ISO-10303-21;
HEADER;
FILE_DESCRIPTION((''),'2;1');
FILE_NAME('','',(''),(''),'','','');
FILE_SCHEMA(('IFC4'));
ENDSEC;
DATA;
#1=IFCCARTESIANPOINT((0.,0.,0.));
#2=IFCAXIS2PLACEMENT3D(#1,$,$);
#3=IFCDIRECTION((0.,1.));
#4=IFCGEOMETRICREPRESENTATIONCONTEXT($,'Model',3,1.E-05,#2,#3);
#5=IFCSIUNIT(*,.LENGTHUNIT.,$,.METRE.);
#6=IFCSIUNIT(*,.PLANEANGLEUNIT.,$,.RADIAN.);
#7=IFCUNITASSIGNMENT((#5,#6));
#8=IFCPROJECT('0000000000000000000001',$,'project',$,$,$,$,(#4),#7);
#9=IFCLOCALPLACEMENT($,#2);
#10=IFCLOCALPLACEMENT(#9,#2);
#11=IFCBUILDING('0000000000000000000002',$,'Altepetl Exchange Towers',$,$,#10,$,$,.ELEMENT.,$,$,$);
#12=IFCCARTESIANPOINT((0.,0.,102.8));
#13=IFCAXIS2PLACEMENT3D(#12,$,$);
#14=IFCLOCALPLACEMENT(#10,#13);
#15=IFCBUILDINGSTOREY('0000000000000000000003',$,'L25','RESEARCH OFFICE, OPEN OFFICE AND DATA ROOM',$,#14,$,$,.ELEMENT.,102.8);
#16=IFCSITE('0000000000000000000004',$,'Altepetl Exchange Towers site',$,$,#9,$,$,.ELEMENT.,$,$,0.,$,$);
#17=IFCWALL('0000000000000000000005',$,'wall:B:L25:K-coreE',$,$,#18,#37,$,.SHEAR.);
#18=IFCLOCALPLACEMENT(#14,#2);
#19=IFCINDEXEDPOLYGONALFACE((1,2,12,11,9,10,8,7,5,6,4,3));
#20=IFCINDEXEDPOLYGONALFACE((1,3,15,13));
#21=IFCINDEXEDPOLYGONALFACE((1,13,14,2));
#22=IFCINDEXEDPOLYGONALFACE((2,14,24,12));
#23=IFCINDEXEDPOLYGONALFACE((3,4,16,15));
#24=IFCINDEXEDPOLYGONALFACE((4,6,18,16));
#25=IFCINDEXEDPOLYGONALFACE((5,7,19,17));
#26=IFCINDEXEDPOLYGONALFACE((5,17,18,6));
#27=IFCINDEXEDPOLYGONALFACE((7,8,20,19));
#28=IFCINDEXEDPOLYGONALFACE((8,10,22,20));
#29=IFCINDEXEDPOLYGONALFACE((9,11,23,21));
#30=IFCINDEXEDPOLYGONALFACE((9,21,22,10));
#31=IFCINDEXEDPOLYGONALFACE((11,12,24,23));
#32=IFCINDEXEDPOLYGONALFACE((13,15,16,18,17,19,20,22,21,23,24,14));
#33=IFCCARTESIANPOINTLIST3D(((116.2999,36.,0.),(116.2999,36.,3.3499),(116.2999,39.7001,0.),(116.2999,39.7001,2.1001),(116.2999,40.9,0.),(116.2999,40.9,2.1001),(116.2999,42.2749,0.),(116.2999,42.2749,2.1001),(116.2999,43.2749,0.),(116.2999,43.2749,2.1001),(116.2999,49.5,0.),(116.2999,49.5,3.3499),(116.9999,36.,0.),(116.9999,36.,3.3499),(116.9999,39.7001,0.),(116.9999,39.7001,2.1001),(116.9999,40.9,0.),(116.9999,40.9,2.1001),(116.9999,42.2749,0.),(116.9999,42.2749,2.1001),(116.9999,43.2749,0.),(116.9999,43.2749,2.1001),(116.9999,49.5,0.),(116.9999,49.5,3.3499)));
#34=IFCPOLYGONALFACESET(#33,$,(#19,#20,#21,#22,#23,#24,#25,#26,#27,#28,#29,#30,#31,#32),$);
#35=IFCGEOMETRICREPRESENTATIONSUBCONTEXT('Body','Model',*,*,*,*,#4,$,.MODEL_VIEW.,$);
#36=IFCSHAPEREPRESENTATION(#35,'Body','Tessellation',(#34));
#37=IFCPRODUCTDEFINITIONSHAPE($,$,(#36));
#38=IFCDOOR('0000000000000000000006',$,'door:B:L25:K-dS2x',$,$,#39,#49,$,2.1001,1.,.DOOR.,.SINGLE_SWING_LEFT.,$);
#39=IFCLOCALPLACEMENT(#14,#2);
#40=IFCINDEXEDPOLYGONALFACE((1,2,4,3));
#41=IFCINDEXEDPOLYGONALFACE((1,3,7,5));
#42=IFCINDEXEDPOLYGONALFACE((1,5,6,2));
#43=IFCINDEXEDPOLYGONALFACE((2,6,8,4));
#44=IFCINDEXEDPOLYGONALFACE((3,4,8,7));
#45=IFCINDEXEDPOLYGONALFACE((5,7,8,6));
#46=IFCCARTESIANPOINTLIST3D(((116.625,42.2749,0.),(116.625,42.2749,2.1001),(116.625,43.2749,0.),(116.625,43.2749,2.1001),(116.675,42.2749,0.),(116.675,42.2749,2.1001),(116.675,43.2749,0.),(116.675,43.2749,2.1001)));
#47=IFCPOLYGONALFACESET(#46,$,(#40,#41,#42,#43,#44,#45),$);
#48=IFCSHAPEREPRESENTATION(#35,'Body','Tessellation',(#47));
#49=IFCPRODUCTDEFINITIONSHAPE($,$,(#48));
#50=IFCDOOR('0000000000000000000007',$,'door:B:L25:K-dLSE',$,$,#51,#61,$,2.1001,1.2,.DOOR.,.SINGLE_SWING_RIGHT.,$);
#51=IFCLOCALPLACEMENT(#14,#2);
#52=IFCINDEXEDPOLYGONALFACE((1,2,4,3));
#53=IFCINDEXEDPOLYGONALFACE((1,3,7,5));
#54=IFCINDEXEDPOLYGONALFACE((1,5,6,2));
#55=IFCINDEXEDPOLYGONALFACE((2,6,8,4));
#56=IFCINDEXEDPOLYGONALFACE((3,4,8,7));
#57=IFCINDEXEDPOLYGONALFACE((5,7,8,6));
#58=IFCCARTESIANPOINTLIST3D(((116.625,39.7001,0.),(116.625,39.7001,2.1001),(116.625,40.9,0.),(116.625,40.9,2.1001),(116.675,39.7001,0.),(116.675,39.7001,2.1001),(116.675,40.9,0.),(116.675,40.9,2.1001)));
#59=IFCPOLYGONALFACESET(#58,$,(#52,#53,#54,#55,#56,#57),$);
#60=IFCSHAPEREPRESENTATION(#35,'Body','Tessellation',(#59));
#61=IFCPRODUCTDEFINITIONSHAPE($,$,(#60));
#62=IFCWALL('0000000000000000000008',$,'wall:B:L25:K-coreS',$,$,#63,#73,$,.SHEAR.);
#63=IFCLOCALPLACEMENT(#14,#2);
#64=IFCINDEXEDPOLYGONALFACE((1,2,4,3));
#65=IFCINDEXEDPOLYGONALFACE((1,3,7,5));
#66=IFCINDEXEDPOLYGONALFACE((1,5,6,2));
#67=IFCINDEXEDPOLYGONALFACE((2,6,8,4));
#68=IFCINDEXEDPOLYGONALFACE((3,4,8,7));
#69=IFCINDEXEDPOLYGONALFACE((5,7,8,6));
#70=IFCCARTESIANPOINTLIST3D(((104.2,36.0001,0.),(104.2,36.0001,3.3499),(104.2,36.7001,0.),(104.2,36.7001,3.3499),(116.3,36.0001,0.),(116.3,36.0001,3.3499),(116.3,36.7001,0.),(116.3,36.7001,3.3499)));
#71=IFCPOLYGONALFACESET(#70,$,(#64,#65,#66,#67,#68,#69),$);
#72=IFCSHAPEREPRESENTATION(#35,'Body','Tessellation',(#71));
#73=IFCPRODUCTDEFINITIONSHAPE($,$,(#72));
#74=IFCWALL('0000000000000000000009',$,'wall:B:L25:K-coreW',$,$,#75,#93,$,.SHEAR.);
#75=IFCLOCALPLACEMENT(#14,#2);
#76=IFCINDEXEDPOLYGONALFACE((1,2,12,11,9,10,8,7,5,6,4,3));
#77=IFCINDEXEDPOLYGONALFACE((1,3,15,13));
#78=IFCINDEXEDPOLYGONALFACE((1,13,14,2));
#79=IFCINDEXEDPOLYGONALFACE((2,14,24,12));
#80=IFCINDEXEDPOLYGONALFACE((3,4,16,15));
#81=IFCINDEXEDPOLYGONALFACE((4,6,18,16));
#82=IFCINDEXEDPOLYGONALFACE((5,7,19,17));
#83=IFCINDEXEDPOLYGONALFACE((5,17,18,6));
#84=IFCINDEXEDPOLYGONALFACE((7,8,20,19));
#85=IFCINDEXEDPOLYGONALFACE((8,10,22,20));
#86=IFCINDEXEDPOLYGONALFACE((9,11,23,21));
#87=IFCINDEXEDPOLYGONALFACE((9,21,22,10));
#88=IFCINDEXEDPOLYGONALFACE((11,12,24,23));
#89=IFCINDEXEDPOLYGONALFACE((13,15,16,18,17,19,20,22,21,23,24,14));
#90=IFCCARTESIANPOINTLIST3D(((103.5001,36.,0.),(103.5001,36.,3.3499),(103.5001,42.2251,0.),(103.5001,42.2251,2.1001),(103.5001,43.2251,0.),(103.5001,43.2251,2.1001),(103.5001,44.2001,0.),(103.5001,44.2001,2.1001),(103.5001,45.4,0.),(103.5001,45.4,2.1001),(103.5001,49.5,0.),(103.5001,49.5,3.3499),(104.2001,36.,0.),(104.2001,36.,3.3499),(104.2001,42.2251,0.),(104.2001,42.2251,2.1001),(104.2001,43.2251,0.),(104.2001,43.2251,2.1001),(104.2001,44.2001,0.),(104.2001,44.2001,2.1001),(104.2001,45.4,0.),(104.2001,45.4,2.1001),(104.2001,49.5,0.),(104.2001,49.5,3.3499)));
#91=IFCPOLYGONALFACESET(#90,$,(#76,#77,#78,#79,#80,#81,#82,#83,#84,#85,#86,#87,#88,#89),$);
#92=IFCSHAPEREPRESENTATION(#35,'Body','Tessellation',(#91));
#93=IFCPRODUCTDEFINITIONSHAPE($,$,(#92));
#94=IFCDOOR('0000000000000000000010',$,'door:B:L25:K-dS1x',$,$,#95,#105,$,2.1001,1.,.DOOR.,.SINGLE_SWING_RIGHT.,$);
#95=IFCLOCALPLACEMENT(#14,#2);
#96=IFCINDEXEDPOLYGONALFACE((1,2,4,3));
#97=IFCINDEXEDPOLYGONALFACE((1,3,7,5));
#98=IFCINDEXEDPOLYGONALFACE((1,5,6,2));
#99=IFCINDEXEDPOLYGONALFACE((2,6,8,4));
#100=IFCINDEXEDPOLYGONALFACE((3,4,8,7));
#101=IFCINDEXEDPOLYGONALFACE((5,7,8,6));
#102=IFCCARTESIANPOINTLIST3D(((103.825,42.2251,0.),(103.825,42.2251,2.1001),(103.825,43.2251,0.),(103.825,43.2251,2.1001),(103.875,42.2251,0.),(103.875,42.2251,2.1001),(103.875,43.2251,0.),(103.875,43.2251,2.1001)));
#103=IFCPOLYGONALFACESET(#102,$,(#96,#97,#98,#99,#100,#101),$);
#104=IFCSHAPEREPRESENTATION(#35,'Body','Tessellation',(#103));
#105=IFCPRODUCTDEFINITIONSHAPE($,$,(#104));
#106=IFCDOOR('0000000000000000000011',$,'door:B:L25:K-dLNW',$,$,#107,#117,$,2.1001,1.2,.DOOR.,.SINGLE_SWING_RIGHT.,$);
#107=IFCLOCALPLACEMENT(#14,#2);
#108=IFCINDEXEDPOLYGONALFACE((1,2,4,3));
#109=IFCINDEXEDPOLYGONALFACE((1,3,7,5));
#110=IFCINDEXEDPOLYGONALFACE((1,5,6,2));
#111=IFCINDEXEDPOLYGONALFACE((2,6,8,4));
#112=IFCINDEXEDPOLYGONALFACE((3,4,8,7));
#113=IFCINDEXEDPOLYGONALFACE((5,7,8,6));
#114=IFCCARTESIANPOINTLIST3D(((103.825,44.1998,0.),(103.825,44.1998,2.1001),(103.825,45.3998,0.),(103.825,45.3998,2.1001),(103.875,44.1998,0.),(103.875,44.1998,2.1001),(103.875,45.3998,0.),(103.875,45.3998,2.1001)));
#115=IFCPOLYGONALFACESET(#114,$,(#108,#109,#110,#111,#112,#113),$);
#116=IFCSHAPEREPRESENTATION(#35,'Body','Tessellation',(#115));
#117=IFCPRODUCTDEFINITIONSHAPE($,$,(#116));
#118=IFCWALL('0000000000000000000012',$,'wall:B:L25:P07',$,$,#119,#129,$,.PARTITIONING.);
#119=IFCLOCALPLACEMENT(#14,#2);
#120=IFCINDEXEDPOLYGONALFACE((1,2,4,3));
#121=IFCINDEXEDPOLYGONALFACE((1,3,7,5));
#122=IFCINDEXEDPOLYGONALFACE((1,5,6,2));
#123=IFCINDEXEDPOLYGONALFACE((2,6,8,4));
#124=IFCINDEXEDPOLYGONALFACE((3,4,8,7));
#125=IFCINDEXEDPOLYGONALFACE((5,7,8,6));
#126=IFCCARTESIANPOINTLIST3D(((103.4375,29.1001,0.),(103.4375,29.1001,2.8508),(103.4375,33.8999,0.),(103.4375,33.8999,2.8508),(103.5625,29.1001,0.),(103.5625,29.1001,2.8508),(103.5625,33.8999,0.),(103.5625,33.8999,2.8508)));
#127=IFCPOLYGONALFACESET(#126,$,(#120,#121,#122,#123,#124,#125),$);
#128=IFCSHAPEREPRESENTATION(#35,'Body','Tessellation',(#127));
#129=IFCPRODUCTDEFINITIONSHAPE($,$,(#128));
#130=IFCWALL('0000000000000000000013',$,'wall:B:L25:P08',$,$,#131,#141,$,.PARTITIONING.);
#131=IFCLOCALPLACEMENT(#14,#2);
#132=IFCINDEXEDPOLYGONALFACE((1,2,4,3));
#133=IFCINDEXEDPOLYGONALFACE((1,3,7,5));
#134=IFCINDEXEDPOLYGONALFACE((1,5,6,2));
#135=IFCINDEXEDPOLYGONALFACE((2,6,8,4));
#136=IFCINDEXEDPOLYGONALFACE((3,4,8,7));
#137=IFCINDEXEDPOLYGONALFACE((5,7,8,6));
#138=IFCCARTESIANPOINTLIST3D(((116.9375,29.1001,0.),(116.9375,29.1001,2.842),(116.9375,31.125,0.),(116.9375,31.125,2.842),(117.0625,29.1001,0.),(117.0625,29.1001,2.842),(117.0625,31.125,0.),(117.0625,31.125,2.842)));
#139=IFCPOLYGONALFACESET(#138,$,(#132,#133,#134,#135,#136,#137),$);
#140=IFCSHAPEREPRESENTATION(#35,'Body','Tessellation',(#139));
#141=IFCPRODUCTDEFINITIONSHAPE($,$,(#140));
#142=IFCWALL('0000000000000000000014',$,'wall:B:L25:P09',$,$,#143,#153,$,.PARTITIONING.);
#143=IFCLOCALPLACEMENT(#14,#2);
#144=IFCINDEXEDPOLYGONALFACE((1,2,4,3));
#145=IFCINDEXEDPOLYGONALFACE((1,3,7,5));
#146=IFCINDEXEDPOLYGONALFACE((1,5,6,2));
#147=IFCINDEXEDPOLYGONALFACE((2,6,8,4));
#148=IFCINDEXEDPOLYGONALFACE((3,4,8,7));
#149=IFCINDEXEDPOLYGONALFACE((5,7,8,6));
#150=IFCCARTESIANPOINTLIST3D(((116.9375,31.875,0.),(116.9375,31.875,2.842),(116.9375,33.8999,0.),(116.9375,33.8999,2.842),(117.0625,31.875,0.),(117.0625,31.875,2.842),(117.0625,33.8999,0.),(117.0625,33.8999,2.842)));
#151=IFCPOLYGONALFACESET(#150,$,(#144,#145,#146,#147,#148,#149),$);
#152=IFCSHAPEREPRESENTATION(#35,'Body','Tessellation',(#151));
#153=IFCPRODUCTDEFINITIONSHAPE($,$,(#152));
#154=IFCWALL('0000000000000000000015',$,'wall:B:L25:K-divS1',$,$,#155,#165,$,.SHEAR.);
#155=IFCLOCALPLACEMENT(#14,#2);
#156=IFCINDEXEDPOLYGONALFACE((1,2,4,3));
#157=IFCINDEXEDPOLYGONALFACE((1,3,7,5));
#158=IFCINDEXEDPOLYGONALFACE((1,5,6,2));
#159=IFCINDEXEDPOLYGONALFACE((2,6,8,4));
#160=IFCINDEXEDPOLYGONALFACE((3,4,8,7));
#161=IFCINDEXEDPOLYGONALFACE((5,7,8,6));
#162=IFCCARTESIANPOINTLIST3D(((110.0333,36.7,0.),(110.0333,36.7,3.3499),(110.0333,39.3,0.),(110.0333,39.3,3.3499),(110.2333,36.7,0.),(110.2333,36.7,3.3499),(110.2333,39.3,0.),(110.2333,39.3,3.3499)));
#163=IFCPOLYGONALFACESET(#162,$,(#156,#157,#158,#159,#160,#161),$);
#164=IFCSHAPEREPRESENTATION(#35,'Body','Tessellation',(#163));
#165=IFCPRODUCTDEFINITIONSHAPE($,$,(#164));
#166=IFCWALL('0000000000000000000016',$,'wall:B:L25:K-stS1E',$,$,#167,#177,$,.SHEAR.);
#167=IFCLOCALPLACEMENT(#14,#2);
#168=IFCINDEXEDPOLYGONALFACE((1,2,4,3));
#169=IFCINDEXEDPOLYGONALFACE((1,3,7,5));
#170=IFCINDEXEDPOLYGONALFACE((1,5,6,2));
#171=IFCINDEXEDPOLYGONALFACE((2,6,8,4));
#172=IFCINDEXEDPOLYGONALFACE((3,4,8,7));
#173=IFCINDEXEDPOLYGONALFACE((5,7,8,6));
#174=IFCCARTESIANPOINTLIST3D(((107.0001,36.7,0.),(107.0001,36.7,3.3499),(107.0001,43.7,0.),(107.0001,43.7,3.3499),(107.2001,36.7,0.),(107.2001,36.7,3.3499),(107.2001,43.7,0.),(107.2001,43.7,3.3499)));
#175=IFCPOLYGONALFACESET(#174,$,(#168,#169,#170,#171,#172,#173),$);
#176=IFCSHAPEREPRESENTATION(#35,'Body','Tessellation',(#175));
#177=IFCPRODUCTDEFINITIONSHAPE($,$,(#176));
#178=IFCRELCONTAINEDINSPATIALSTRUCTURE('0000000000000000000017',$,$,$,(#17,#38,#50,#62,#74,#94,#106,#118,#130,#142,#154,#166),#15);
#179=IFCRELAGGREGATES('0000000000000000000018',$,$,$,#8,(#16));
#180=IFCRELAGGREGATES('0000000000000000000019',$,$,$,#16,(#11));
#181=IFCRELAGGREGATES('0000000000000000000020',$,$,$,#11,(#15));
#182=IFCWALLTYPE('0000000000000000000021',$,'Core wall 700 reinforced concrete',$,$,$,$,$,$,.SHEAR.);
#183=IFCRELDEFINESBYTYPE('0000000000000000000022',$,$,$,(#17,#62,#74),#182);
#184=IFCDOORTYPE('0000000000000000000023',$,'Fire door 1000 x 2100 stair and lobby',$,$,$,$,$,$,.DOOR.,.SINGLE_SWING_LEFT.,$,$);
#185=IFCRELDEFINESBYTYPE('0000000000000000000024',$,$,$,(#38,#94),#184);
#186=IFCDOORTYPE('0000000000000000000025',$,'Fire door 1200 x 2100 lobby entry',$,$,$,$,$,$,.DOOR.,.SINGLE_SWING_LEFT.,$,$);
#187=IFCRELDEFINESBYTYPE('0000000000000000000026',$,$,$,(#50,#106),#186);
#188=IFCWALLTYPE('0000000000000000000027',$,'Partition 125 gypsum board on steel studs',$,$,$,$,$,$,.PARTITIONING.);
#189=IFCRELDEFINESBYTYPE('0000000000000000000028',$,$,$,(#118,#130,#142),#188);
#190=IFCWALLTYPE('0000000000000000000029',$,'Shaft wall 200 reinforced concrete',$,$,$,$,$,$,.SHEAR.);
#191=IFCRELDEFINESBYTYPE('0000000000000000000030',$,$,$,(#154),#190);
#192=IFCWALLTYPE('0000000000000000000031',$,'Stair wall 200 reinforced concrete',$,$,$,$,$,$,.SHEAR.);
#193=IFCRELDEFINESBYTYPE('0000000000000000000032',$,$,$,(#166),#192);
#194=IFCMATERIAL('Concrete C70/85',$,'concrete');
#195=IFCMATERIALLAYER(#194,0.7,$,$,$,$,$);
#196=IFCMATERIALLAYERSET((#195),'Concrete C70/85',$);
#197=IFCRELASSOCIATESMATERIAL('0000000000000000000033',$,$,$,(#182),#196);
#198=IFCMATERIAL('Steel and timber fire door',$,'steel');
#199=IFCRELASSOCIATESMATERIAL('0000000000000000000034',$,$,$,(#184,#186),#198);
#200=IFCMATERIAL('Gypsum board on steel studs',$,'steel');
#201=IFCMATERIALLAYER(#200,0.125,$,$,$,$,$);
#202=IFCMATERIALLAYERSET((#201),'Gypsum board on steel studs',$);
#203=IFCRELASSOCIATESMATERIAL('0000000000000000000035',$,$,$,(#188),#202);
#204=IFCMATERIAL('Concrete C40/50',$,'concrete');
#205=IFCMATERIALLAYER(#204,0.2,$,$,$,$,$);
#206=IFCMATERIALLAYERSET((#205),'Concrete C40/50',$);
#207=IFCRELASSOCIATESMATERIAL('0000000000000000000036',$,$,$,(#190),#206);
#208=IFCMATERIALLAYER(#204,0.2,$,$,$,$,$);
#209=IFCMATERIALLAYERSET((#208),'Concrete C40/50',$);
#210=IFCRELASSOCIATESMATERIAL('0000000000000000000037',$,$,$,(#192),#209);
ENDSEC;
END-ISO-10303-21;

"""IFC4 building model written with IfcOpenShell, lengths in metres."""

from ifc_helpers import new_model, si_unit, direction, frame, frame_2d, origin, place, context, subcontext, project, spatial, rectangle, extrude, material, layer, layer_set, type_object, element, fill, save


model = new_model("IFC4")

# Units and contexts
model_context = context("Model", 3, precision=1e-05, world=origin(), true_north=direction((0.0, 1.0)))
body_context = subcontext(model_context, "Body", "Model", "MODEL_VIEW")
ifc_project = project(units=[si_unit("LENGTHUNIT", "METRE"), si_unit("PLANEANGLEUNIT", "RADIAN")], contexts=[model_context])

# Site, building, storey
site_placement = place(None, origin())
site = spatial("IfcSite", under=ifc_project, at=site_placement, Name="Altepetl Exchange Towers site", CompositionType="ELEMENT", RefElevation=0.0)
building_placement = place(site_placement, origin())
building = spatial("IfcBuilding", under=site, at=building_placement, Name="Altepetl Exchange Towers", CompositionType="ELEMENT")
storey_placement = place(building_placement, frame((0.0, 0.0, 102.8)))
storey = spatial("IfcBuildingStorey", under=building, at=storey_placement, Name="L25", Description="RESEARCH OFFICE, OPEN OFFICE AND DATA ROOM", CompositionType="ELEMENT", Elevation=102.8)

# Shared definitions
ifc_material_1 = material(Name="Concrete C70/85", Category="concrete")

# Wall, openings, doors
ifc_layer_1 = layer(ifc_material_1, 0.7)
ifc_layer_set_1 = layer_set([ifc_layer_1], Name="Concrete C70/85")
wall_type_1 = type_object("IfcWallType", Name="Core wall 700 reinforced concrete", PredefinedType="SHEAR", material=ifc_layer_set_1)
wall_1_placement = place(storey_placement, frame((116.6499, 36.0, 0.0), z_axis=(0.0, 0.0, 1.0), x_axis=(0.0, 1.0, 0.0)))
wall_1 = element("IfcWall", 1, at=wall_1_placement, inside=storey, type_object=wall_type_1, Name="wall:B:L25:K-coreE", PredefinedType="SHEAR", context=body_context, shape_type="SweptSolid", body=[
    extrude(rectangle(XDim=13.5, YDim=0.7, at=frame_2d((6.75, 0.0))), origin(), (0.0, 0.0, 1.0), 3.3499),
])
opening_1_placement = place(wall_1_placement, frame((3.7, 0.0, 0.0)))
opening_1 = element("IfcOpeningElement", 2, at=opening_1_placement, cuts=wall_1, PredefinedType="OPENING", context=body_context, shape_type="SweptSolid", body=[
    extrude(rectangle(XDim=1.2, YDim=2.1001, at=frame_2d((0.6001, 1.05))), frame((0.0, 0.3599, 0.0), z_axis=(0.0, -1.0, 0.0), x_axis=(1.0, 0.0, 0.0)), (0.0, 0.0, 1.0), 0.72),
])
opening_2_placement = place(wall_1_placement, frame((6.2749, 0.0, 0.0)))
opening_2 = element("IfcOpeningElement", 3, at=opening_2_placement, cuts=wall_1, PredefinedType="OPENING", context=body_context, shape_type="SweptSolid", body=[
    extrude(rectangle(XDim=1.0, YDim=2.1001, at=frame_2d((0.5, 1.05))), frame((0.0, 0.3599, 0.0), z_axis=(0.0, -1.0, 0.0), x_axis=(1.0, 0.0, 0.0)), (0.0, 0.0, 1.0), 0.72),
])
ifc_material_2 = material(Name="Steel and timber fire door", Category="steel")
door_type_1 = type_object("IfcDoorType", Name="Fire door 1000 x 2100 stair and lobby", OperationType="SINGLE_SWING_LEFT", PredefinedType="DOOR", material=ifc_material_2)
door_1_placement = place(opening_2_placement, origin())
door_1 = element("IfcDoor", 4, at=door_1_placement, inside=storey, type_object=door_type_1, Name="door:B:L25:K-dS2x", OperationType="SINGLE_SWING_LEFT", OverallHeight=2.1001, OverallWidth=1.0, PredefinedType="DOOR", context=body_context, shape_type="SweptSolid", body=[
    extrude(rectangle(XDim=1.0, YDim=2.1001, at=frame_2d((0.5, 1.05))), frame((0.0, 0.0249, 0.0), z_axis=(0.0, -1.0, 0.0), x_axis=(1.0, 0.0, 0.0)), (0.0, 0.0, 1.0), 0.05),
])
fill(opening_2, door_1)
door_type_2 = type_object("IfcDoorType", Name="Fire door 1200 x 2100 lobby entry", OperationType="SINGLE_SWING_LEFT", PredefinedType="DOOR", material=ifc_material_2)
door_2_placement = place(opening_1_placement, origin())
door_2 = element("IfcDoor", 5, at=door_2_placement, inside=storey, type_object=door_type_2, Name="door:B:L25:K-dLSE", OperationType="SINGLE_SWING_RIGHT", OverallHeight=2.1001, OverallWidth=1.2, PredefinedType="DOOR", context=body_context, shape_type="SweptSolid", body=[
    extrude(rectangle(XDim=1.2, YDim=2.1001, at=frame_2d((0.6001, 1.05))), frame((0.0, 0.0249, 0.0), z_axis=(0.0, -1.0, 0.0), x_axis=(1.0, 0.0, 0.0)), (0.0, 0.0, 1.0), 0.05),
])
fill(opening_1, door_2)

# Wall
wall_2_placement = place(storey_placement, frame((104.2, 36.3501, 0.0)))
element("IfcWall", 6, at=wall_2_placement, inside=storey, type_object=wall_type_1, Name="wall:B:L25:K-coreS", PredefinedType="SHEAR", context=body_context, shape_type="SweptSolid", body=[
    extrude(rectangle(XDim=12.1001, YDim=0.7, at=frame_2d((6.05, 0.0))), origin(), (0.0, 0.0, 1.0), 3.3499),
])

# Wall, openings, doors
wall_3_placement = place(storey_placement, frame((103.8501, 36.0, 0.0), z_axis=(0.0, 0.0, 1.0), x_axis=(0.0, 1.0, 0.0)))
wall_3 = element("IfcWall", 7, at=wall_3_placement, inside=storey, type_object=wall_type_1, Name="wall:B:L25:K-coreW", PredefinedType="SHEAR", context=body_context, shape_type="SweptSolid", body=[
    extrude(rectangle(XDim=13.5, YDim=0.7, at=frame_2d((6.75, 0.0))), origin(), (0.0, 0.0, 1.0), 3.3499),
])
opening_3_placement = place(wall_3_placement, frame((8.2, 0.0, 0.0)))
opening_3 = element("IfcOpeningElement", 8, at=opening_3_placement, cuts=wall_3, PredefinedType="OPENING", context=body_context, shape_type="SweptSolid", body=[
    extrude(rectangle(XDim=1.2, YDim=2.1001, at=frame_2d((0.6001, 1.05))), frame((0.0, 0.3599, 0.0), z_axis=(0.0, -1.0, 0.0), x_axis=(1.0, 0.0, 0.0)), (0.0, 0.0, 1.0), 0.72),
])
opening_4_placement = place(wall_3_placement, frame((6.2251, 0.0, 0.0)))
opening_4 = element("IfcOpeningElement", 9, at=opening_4_placement, cuts=wall_3, PredefinedType="OPENING", context=body_context, shape_type="SweptSolid", body=[
    extrude(rectangle(XDim=1.0, YDim=2.1001, at=frame_2d((0.5, 1.05))), frame((0.0, 0.3599, 0.0), z_axis=(0.0, -1.0, 0.0), x_axis=(1.0, 0.0, 0.0)), (0.0, 0.0, 1.0), 0.72),
])
door_3_placement = place(opening_4_placement, frame((1.0, 0.0, 0.0), x_axis=(-1.0, 0.0, 0.0)))
door_3 = element("IfcDoor", 10, at=door_3_placement, inside=storey, type_object=door_type_1, Name="door:B:L25:K-dS1x", OperationType="SINGLE_SWING_RIGHT", OverallHeight=2.1001, OverallWidth=1.0, PredefinedType="DOOR", context=body_context, shape_type="SweptSolid", body=[
    extrude(rectangle(XDim=1.0, YDim=2.1001, at=frame_2d((0.5, 1.05))), frame((0.0, 0.0249, 0.0), z_axis=(0.0, -1.0, 0.0), x_axis=(1.0, 0.0, 0.0)), (0.0, 0.0, 1.0), 0.05),
])
fill(opening_4, door_3)
door_4_placement = place(opening_3_placement, frame((1.2, 0.0, 0.0), x_axis=(-1.0, 0.0, 0.0)))
door_4 = element("IfcDoor", 11, at=door_4_placement, inside=storey, type_object=door_type_2, Name="door:B:L25:K-dLNW", OperationType="SINGLE_SWING_RIGHT", OverallHeight=2.1001, OverallWidth=1.2, PredefinedType="DOOR", context=body_context, shape_type="SweptSolid", body=[
    extrude(rectangle(XDim=1.2, YDim=2.1001, at=frame_2d((0.6001, 1.05))), frame((0.0, 0.0249, 0.0), z_axis=(0.0, -1.0, 0.0), x_axis=(1.0, 0.0, 0.0)), (0.0, 0.0, 1.0), 0.05),
])
fill(opening_3, door_4)

# Walls
ifc_material_3 = material(Name="Gypsum board on steel studs", Category="steel")
ifc_layer_2 = layer(ifc_material_3, 0.125)
ifc_layer_set_2 = layer_set([ifc_layer_2], Name="Gypsum board on steel studs")
wall_type_2 = type_object("IfcWallType", Name="Partition 125 gypsum board on steel studs", PredefinedType="PARTITIONING", material=ifc_layer_set_2)
wall_4_placement = place(storey_placement, frame((103.5, 29.1001, 0.0), z_axis=(0.0, 0.0, 1.0), x_axis=(0.0, 1.0, 0.0)))
element("IfcWall", 12, at=wall_4_placement, inside=storey, type_object=wall_type_2, Name="wall:B:L25:P07", PredefinedType="PARTITIONING", context=body_context, shape_type="SweptSolid", body=[
    extrude(rectangle(XDim=4.7998, YDim=0.125, at=frame_2d((2.3999, 0.0))), origin(), (0.0, 0.0, 1.0), 2.8508),
])
for number, where, z_axis, x_axis, name in (
    (13, (117.0, 29.1001, 0.0), (0.0, 0.0, 1.0), (0.0, 1.0, 0.0), "wall:B:L25:P08"),
    (14, (117.0, 31.875, 0.0), (0.0, 0.0, 1.0), (0.0, 1.0, 0.0), "wall:B:L25:P09"),
):
    element("IfcWall", number, at=place(storey_placement, frame(where, z_axis=z_axis, x_axis=x_axis)), inside=storey, type_object=wall_type_2, Name=name, PredefinedType="PARTITIONING", context=body_context, shape_type="SweptSolid", body=[
        extrude(rectangle(XDim=2.0249, YDim=0.125, at=frame_2d((1.0125, 0.0))), origin(), (0.0, 0.0, 1.0), 2.842),
    ])
ifc_material_4 = material(Name="Concrete C40/50", Category="concrete")
ifc_layer_3 = layer(ifc_material_4, 0.2)
ifc_layer_set_3 = layer_set([ifc_layer_3], Name="Concrete C40/50")
wall_type_3 = type_object("IfcWallType", Name="Shaft wall 200 reinforced concrete", PredefinedType="SHEAR", material=ifc_layer_set_3)
wall_5_placement = place(storey_placement, frame((110.1333, 36.7, 0.0), z_axis=(0.0, 0.0, 1.0), x_axis=(0.0, 1.0, 0.0)))
element("IfcWall", 15, at=wall_5_placement, inside=storey, type_object=wall_type_3, Name="wall:B:L25:K-divS1", PredefinedType="SHEAR", context=body_context, shape_type="SweptSolid", body=[
    extrude(rectangle(XDim=2.6001, YDim=0.2, at=frame_2d((1.3, 0.0))), origin(), (0.0, 0.0, 1.0), 3.3499),
])
ifc_layer_4 = layer(ifc_material_4, 0.2)
ifc_layer_set_4 = layer_set([ifc_layer_4], Name="Concrete C40/50")
wall_type_4 = type_object("IfcWallType", Name="Stair wall 200 reinforced concrete", PredefinedType="SHEAR", material=ifc_layer_set_4)
wall_6_placement = place(storey_placement, frame((107.1001, 36.7, 0.0), z_axis=(0.0, 0.0, 1.0), x_axis=(0.0, 1.0, 0.0)))
element("IfcWall", 16, at=wall_6_placement, inside=storey, type_object=wall_type_4, Name="wall:B:L25:K-stS1E", PredefinedType="SHEAR", context=body_context, shape_type="SweptSolid", body=[
    extrude(rectangle(XDim=7.0, YDim=0.2, at=frame_2d((3.5, 0.0))), origin(), (0.0, 0.0, 1.0), 3.3499),
])

save(model, "model.ifc")
